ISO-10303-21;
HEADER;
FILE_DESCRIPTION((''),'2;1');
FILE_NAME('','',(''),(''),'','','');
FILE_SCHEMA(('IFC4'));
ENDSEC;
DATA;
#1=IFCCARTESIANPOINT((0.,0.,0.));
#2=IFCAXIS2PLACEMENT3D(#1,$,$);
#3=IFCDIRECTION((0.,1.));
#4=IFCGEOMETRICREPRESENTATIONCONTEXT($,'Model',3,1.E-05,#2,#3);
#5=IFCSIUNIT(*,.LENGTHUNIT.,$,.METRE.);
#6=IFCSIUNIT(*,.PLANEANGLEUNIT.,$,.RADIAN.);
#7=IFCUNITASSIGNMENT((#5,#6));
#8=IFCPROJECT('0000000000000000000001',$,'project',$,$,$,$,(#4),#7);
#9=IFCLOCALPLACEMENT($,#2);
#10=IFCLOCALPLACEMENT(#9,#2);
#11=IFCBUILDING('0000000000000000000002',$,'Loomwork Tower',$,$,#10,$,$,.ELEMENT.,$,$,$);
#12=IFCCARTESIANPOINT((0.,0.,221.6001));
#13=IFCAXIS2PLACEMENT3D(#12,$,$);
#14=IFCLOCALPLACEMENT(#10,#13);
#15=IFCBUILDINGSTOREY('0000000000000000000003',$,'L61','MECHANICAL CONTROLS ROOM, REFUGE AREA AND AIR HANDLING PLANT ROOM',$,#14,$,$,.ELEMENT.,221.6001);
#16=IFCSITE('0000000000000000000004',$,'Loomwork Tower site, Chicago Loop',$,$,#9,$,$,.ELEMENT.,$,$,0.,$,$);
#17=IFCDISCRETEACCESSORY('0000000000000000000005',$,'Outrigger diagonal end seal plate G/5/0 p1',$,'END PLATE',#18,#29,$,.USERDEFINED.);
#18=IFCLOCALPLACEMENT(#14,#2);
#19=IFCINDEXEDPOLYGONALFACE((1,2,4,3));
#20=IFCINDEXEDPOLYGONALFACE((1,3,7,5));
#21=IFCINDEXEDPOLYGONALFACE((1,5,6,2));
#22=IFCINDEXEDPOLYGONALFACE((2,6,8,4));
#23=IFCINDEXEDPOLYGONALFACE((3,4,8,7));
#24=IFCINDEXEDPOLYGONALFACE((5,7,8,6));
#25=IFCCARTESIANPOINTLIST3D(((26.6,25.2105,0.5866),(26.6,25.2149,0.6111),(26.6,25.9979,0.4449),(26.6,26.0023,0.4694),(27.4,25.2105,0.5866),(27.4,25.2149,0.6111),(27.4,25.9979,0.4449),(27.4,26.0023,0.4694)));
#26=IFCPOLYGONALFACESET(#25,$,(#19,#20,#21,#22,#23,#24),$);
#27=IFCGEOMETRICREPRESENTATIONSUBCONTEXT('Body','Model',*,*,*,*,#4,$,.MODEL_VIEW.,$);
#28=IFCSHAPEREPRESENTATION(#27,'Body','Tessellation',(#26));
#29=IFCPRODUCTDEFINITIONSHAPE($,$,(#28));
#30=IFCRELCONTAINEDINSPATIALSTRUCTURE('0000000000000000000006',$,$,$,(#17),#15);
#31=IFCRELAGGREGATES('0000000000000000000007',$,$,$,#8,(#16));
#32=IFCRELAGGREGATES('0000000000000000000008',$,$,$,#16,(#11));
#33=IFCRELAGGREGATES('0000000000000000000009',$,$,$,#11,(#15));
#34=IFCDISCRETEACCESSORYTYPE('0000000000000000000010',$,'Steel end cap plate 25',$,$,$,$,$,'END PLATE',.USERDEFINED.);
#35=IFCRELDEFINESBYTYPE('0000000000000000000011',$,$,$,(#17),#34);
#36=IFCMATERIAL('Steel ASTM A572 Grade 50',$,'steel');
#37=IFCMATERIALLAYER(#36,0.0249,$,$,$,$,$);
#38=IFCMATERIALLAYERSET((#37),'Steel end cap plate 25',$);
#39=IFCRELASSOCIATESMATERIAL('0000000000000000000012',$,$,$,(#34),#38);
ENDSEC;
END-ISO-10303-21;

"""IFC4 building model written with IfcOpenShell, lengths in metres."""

from ifc_helpers import new_model, si_unit, direction, frame, origin, origin_2d, place, context, subcontext, project, spatial, rectangle, extrude, material, layer, layer_set, type_object, element, save


model = new_model("IFC4")

# Units and contexts
model_context = context("Model", 3, precision=1e-05, world=origin(), true_north=direction((0.0, 1.0)))
body_context = subcontext(model_context, "Body", "Model", "MODEL_VIEW")
ifc_project = project(units=[si_unit("LENGTHUNIT", "METRE"), si_unit("PLANEANGLEUNIT", "RADIAN")], contexts=[model_context])

# Site, building, storey
site_placement = place(None, origin())
site = spatial("IfcSite", under=ifc_project, at=site_placement, Name="Loomwork Tower site, Chicago Loop", CompositionType="ELEMENT", RefElevation=0.0)
building_placement = place(site_placement, origin())
building = spatial("IfcBuilding", under=site, at=building_placement, Name="Loomwork Tower", CompositionType="ELEMENT")
storey_placement = place(building_placement, frame((0.0, 0.0, 221.6001)))
storey = spatial("IfcBuildingStorey", under=building, at=storey_placement, Name="L61", Description="MECHANICAL CONTROLS ROOM, REFUGE AREA AND AIR HANDLING PLANT ROOM", CompositionType="ELEMENT", Elevation=221.6001)

# Discrete accessory
ifc_material_1 = material(Name="Steel ASTM A572 Grade 50", Category="steel")
ifc_layer_1 = layer(ifc_material_1, 0.0249)
ifc_layer_set_1 = layer_set([ifc_layer_1], Name="Steel end cap plate 25")
discrete_accessory_type_1 = type_object("IfcDiscreteAccessoryType", Name="Steel end cap plate 25", ElementType="END PLATE", PredefinedType="USERDEFINED", material=ifc_layer_set_1)
discrete_accessory_1_placement = place(storey_placement, frame((27.0, 25.6086, 0.5403), z_axis=(0.0, -0.177153, -0.984183), x_axis=(1.0, 0.0, 0.0)))
element("IfcDiscreteAccessory", 1, at=discrete_accessory_1_placement, inside=storey, type_object=discrete_accessory_type_1, Name="Outrigger diagonal end seal plate G/5/0 p1", ObjectType="END PLATE", PredefinedType="USERDEFINED", context=body_context, shape_type="SweptSolid", body=[
    extrude(rectangle(XDim=0.8, YDim=0.8, at=origin_2d()), origin(), (0.0, 0.0, 1.0), 0.0249),
])

save(model, "model.ifc")
